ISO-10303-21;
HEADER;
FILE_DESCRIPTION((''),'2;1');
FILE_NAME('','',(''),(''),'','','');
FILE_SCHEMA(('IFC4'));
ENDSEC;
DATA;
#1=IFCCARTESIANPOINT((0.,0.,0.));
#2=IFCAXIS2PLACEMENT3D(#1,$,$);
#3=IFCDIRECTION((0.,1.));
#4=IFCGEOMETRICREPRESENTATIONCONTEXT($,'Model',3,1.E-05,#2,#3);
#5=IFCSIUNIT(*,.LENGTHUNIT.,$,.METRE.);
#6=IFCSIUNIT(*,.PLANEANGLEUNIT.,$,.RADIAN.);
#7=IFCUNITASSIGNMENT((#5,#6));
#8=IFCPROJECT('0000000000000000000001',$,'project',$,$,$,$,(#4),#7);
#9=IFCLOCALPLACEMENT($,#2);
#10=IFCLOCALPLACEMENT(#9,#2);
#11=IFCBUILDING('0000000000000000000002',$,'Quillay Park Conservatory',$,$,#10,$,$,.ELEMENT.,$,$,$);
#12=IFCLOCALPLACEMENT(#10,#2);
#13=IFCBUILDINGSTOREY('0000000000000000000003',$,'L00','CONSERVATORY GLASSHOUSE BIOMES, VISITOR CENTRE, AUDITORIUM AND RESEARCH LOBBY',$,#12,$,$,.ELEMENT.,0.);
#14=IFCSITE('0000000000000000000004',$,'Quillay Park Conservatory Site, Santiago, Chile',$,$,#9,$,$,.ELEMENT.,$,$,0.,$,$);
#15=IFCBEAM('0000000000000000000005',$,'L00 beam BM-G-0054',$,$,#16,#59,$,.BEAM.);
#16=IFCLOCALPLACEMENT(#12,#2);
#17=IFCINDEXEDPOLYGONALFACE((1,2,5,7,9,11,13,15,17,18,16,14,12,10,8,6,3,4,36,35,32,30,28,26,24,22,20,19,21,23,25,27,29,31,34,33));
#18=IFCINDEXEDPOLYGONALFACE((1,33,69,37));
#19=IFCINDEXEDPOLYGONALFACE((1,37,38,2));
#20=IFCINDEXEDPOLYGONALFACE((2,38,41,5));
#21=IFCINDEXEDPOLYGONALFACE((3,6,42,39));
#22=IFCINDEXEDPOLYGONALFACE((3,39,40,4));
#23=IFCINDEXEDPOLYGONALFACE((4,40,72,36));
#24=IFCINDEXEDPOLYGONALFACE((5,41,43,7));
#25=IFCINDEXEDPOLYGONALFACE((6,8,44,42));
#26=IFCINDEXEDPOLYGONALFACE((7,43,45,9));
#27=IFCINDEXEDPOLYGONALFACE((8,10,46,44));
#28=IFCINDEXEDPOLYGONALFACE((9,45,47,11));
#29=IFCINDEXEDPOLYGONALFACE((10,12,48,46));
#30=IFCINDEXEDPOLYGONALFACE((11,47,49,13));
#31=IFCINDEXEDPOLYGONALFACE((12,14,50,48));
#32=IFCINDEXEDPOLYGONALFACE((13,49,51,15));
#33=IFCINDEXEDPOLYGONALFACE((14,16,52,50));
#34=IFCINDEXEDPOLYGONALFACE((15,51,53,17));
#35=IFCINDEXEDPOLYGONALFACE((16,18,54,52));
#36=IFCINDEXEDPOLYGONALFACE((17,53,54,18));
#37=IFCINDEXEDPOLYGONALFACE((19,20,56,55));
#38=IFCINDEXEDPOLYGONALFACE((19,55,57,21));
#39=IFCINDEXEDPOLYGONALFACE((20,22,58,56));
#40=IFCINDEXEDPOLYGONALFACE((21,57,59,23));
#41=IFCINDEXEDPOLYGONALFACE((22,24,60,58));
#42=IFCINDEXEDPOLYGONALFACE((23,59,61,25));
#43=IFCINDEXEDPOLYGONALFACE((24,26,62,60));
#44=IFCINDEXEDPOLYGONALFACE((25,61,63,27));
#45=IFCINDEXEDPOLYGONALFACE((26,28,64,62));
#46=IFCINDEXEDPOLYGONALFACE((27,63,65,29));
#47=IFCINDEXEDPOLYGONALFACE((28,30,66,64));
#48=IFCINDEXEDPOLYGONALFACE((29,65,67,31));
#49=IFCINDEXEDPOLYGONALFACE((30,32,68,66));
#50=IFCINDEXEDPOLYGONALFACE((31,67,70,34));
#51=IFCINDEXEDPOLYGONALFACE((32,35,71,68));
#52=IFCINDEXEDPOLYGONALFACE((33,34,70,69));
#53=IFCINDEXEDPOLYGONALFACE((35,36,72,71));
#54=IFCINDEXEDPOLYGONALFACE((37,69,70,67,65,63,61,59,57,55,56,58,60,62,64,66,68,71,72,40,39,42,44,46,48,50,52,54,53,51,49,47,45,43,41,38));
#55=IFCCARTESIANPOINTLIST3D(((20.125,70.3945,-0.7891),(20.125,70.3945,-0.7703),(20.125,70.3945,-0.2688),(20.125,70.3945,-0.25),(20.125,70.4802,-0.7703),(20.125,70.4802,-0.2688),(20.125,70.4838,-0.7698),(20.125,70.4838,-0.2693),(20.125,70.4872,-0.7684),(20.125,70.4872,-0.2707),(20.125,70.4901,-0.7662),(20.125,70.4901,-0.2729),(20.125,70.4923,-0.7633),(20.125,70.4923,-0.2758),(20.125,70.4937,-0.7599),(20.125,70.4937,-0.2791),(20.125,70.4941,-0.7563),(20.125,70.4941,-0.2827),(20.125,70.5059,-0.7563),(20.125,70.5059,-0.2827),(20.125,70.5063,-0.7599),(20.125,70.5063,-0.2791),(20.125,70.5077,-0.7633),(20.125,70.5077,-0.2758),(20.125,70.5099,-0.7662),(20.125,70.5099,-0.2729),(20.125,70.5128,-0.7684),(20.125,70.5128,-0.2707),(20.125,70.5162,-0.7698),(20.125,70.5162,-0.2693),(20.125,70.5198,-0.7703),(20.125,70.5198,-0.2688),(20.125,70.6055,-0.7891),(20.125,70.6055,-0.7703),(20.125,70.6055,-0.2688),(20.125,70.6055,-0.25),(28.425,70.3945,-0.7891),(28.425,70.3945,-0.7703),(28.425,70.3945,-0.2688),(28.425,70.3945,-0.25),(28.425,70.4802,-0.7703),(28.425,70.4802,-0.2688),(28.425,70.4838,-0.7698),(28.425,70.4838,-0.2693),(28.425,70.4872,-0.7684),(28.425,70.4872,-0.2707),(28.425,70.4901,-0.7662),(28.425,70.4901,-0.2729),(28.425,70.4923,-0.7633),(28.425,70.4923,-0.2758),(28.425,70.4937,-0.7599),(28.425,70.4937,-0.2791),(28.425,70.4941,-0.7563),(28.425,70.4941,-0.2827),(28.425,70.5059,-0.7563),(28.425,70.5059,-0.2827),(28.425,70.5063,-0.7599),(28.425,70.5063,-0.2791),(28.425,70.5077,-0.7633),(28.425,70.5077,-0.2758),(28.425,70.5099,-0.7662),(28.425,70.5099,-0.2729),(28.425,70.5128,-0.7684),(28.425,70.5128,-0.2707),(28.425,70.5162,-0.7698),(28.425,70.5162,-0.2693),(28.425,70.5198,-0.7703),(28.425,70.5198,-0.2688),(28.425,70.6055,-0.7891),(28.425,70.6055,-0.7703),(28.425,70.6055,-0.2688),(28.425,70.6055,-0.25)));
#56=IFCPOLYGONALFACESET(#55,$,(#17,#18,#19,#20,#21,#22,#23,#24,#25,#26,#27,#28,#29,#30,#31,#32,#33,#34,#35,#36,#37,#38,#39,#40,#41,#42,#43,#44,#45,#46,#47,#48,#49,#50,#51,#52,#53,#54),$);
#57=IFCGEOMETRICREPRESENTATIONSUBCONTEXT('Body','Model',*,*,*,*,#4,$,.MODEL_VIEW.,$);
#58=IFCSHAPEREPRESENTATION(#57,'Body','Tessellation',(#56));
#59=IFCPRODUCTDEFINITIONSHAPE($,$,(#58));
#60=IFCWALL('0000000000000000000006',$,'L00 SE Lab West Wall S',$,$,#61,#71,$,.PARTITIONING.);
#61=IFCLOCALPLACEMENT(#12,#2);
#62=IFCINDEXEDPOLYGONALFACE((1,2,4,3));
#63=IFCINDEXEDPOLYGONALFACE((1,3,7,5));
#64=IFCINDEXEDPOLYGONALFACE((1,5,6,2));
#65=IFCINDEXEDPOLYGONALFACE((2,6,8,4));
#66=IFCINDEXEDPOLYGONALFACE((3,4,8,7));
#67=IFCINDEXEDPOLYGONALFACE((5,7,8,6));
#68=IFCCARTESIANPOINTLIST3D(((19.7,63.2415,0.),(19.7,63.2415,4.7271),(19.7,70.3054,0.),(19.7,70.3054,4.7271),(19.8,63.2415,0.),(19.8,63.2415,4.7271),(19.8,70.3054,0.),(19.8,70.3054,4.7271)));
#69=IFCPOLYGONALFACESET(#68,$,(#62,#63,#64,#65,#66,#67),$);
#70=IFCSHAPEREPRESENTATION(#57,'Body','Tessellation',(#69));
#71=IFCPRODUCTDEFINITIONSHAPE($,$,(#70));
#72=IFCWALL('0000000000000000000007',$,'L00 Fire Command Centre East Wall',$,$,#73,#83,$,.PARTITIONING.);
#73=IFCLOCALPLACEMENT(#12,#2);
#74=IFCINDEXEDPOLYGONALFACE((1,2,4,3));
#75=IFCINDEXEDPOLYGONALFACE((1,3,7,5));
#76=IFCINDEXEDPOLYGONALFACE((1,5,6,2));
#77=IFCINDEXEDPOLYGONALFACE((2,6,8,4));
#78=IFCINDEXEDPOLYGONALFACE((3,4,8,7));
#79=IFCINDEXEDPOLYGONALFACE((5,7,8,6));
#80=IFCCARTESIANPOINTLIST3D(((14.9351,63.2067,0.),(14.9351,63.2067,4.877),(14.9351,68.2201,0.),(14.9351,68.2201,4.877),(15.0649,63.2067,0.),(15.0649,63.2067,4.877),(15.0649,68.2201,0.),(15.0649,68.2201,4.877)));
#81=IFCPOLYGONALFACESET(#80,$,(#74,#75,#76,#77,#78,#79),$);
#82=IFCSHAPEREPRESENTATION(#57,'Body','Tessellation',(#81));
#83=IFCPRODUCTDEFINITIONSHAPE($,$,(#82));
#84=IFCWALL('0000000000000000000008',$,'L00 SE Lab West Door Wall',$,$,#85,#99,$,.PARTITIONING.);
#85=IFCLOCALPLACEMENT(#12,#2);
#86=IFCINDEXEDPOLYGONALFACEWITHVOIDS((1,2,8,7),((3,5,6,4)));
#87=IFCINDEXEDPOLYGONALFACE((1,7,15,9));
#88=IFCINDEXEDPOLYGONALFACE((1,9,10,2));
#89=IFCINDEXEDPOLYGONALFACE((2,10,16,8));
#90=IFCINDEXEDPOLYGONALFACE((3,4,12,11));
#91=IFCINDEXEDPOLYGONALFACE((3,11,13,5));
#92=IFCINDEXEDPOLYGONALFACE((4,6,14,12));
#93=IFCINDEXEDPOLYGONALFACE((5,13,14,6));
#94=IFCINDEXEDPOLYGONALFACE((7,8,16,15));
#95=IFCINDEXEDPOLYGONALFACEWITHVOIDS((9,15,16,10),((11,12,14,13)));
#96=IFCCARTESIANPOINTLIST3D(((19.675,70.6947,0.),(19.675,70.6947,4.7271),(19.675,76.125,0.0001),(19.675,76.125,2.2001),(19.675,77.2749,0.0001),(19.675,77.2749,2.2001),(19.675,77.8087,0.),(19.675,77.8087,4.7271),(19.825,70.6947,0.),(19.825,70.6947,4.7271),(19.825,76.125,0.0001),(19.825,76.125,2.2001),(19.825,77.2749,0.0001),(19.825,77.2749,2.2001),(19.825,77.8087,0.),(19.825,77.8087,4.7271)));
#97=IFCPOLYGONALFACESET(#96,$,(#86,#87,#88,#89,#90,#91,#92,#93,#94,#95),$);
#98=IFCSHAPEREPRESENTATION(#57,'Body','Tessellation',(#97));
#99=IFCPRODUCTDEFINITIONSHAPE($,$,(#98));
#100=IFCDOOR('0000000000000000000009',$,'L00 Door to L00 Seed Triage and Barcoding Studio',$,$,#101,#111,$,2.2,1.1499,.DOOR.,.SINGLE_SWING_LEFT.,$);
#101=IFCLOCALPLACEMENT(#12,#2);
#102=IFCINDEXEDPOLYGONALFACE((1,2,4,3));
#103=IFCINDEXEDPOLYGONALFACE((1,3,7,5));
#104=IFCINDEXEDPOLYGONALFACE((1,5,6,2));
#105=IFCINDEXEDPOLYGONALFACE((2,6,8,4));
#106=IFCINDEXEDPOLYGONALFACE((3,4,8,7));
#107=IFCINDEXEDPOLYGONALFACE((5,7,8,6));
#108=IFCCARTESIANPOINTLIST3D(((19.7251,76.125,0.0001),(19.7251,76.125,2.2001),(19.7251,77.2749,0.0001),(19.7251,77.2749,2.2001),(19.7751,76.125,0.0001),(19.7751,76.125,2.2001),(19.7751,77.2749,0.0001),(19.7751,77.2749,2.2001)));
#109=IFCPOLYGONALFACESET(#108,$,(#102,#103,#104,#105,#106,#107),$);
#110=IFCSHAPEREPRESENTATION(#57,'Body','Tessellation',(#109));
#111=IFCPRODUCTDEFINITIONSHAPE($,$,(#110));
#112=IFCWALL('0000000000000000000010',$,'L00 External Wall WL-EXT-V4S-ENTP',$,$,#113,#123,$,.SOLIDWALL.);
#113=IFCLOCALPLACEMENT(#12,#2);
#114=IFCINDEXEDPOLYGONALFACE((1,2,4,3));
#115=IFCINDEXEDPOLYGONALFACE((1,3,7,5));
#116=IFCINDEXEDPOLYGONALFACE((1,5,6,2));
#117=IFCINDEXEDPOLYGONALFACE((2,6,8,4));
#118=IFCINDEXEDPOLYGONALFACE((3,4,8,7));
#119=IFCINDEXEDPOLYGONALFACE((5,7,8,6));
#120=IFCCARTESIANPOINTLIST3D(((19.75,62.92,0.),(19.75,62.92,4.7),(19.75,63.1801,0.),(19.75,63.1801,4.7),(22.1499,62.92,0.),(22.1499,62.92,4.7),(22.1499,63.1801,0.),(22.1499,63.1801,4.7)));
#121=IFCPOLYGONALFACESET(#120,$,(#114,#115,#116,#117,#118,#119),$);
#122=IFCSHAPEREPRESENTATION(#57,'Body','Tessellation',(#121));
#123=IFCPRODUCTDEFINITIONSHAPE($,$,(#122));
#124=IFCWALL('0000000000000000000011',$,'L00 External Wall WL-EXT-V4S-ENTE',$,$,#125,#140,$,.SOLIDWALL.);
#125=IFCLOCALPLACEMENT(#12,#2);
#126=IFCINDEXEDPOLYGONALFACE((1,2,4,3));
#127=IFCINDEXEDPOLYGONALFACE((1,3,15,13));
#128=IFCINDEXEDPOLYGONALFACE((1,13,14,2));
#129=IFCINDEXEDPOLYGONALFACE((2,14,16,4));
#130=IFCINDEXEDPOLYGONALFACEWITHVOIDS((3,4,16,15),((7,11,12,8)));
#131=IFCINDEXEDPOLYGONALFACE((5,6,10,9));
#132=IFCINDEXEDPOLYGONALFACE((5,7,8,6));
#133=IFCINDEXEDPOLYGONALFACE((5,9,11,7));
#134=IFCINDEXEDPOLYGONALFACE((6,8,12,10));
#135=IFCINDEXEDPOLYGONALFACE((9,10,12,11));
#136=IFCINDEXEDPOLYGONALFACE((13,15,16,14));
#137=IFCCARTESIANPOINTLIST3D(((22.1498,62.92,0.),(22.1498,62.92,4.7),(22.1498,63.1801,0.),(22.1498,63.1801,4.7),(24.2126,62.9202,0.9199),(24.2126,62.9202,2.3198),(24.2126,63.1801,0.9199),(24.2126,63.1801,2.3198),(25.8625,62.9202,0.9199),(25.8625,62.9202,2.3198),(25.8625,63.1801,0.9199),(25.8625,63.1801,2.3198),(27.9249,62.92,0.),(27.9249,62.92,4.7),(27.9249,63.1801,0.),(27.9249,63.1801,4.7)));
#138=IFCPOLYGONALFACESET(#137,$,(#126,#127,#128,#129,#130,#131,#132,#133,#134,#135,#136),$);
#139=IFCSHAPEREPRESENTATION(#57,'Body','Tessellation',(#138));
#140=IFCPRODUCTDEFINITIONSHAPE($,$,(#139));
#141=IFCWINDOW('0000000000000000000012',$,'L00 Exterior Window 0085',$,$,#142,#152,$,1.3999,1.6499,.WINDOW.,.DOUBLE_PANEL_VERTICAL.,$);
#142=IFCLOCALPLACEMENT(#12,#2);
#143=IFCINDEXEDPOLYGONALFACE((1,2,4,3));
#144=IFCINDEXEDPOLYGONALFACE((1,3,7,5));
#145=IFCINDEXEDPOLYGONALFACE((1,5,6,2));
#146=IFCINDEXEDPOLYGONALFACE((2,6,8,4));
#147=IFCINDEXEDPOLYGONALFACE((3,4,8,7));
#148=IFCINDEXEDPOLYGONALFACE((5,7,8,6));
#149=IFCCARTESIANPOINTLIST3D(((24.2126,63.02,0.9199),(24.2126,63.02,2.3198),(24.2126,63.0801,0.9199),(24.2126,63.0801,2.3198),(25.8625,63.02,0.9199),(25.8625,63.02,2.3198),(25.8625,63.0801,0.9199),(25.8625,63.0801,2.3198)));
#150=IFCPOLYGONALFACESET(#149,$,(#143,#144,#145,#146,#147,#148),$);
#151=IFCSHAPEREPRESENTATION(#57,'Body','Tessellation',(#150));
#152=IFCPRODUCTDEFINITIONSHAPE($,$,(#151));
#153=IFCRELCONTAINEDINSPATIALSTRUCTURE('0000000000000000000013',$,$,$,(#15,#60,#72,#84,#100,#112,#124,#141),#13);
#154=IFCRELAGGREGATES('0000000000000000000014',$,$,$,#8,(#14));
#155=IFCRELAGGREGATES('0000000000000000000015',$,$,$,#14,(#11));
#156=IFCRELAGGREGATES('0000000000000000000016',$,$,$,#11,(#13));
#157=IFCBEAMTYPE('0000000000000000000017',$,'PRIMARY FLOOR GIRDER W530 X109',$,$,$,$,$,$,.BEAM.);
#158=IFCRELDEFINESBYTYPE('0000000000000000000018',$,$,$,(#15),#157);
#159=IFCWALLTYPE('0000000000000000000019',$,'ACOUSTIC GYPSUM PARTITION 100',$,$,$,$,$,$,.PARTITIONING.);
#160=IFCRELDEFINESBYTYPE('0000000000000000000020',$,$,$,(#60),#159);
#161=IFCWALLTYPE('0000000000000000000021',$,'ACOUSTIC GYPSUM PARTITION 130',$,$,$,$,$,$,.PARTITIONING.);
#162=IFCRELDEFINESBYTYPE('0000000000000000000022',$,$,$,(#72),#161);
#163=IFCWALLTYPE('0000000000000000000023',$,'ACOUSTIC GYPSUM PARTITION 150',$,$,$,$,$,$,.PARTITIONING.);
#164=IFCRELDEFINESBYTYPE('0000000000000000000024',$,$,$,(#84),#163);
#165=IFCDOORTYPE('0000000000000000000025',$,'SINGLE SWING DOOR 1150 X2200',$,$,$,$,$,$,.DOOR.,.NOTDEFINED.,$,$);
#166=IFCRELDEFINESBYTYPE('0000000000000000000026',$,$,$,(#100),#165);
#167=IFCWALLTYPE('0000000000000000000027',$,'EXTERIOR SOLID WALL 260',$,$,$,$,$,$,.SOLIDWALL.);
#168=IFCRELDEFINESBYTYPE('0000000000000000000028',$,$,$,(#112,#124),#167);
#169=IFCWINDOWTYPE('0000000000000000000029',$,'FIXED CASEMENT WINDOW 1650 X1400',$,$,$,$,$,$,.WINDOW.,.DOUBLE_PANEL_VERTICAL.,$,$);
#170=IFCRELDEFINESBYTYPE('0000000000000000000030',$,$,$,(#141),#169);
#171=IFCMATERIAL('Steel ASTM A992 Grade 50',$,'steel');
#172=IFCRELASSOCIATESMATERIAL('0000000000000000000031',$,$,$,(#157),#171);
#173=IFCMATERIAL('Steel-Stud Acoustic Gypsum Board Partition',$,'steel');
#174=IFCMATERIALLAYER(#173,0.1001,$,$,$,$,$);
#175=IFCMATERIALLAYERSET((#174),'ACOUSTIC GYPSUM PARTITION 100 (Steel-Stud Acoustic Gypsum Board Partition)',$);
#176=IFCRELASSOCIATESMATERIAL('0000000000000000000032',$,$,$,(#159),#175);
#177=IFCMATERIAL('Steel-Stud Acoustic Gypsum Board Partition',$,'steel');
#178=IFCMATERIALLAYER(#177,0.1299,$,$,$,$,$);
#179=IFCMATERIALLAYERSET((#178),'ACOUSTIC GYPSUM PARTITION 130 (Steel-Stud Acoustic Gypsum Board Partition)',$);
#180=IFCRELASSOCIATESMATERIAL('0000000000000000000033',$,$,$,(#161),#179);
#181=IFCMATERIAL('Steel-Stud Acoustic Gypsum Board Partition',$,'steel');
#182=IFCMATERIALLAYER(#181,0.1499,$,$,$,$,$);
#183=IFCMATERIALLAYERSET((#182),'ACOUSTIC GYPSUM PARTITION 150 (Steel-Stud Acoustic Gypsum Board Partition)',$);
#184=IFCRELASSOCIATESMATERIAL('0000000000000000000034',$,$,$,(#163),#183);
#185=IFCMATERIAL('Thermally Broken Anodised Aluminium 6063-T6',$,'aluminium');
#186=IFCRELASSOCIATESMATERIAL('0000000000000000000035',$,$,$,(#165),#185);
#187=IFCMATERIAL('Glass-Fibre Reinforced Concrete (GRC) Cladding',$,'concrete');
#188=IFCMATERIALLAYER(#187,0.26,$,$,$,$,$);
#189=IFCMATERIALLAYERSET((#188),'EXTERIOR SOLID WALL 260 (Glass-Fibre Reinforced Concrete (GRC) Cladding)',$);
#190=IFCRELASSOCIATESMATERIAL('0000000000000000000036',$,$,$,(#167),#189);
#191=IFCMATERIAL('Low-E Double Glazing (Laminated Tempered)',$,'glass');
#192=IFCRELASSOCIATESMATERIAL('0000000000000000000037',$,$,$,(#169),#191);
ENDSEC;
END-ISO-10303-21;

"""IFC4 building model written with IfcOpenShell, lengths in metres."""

from ifc_helpers import new_model, si_unit, direction, frame, frame_2d, origin, origin_2d, place, context, subcontext, project, spatial, rectangle, i_section, extrude, material, layer, layer_set, material_profile, profile_set, type_object, element, fill, save


model = new_model("IFC4")

# Units and contexts
model_context = context("Model", 3, precision=1e-05, world=origin(), true_north=direction((0.0, 1.0)))
body_context = subcontext(model_context, "Body", "Model", "MODEL_VIEW")
ifc_project = project(units=[si_unit("LENGTHUNIT", "METRE"), si_unit("PLANEANGLEUNIT", "RADIAN")], contexts=[model_context])

# Site, building, storey
site_placement = place(None, origin())
site = spatial("IfcSite", under=ifc_project, at=site_placement, Name="Quillay Park Conservatory Site, Santiago, Chile", CompositionType="ELEMENT", RefElevation=0.0)
building_placement = place(site_placement, origin())
building = spatial("IfcBuilding", under=site, at=building_placement, Name="Quillay Park Conservatory", CompositionType="ELEMENT")
storey_placement = place(building_placement, origin())
storey = spatial("IfcBuildingStorey", under=building, at=storey_placement, Name="L00", Description="CONSERVATORY GLASSHOUSE BIOMES, VISITOR CENTRE, AUDITORIUM AND RESEARCH LOBBY", CompositionType="ELEMENT", Elevation=0.0)

# Beam
ifc_material_1 = material(Name="Steel ASTM A992 Grade 50", Category="steel")
ifc_material_profile_1 = material_profile(ifc_material_1, i_section(OverallWidth=0.2109, OverallDepth=0.5391, WebThickness=0.0117, FlangeThickness=0.0188, FilletRadius=0.0139, at=origin_2d()), Name="W530x109")
ifc_profile_set_1 = profile_set([ifc_material_profile_1], Name="Steel ASTM A992 Grade 50")
beam_type_1 = type_object("IfcBeamType", Name="PRIMARY FLOOR GIRDER W530 X109", PredefinedType="BEAM", material=ifc_profile_set_1)
beam_1_placement = place(storey_placement, frame((20.125, 70.5, -0.5195), z_axis=(1.0, 0.0, 0.0), x_axis=(0.0, 1.0, 0.0)))
element("IfcBeam", 1, at=beam_1_placement, inside=storey, type_object=beam_type_1, Name="L00 beam BM-G-0054", PredefinedType="BEAM", context=body_context, shape_type="SweptSolid", body=[
    extrude(i_section(OverallWidth=0.2109, OverallDepth=0.5391, WebThickness=0.0117, FlangeThickness=0.0188, FilletRadius=0.0139, at=origin_2d()), origin(), (0.0, 0.0, 1.0), 8.3),
])

# Wall
ifc_material_2 = material(Name="Steel-Stud Acoustic Gypsum Board Partition", Category="steel")
ifc_layer_1 = layer(ifc_material_2, 0.1001)
ifc_layer_set_1 = layer_set([ifc_layer_1], Name="ACOUSTIC GYPSUM PARTITION 100 (Steel-Stud Acoustic Gypsum Board Partition)")
wall_type_1 = type_object("IfcWallType", Name="ACOUSTIC GYPSUM PARTITION 100", PredefinedType="PARTITIONING", material=ifc_layer_set_1)
wall_1_placement = place(storey_placement, frame((19.75, 63.2415, 0.0), z_axis=(0.0, 0.0, 1.0), x_axis=(0.0, 1.0, 0.0)))
element("IfcWall", 2, at=wall_1_placement, inside=storey, type_object=wall_type_1, Name="L00 SE Lab West Wall S", PredefinedType="PARTITIONING", context=body_context, shape_type="SweptSolid", body=[
    extrude(rectangle(XDim=7.064, YDim=0.1001, at=frame_2d((3.532, 0.0))), origin(), (0.0, 0.0, 1.0), 4.7271),
])

# Wall
ifc_material_3 = material(Name="Steel-Stud Acoustic Gypsum Board Partition", Category="steel")
ifc_layer_2 = layer(ifc_material_3, 0.1299)
ifc_layer_set_2 = layer_set([ifc_layer_2], Name="ACOUSTIC GYPSUM PARTITION 130 (Steel-Stud Acoustic Gypsum Board Partition)")
wall_type_2 = type_object("IfcWallType", Name="ACOUSTIC GYPSUM PARTITION 130", PredefinedType="PARTITIONING", material=ifc_layer_set_2)
wall_2_placement = place(storey_placement, frame((15.0, 63.2065, 0.0), z_axis=(0.0, 0.0, 1.0), x_axis=(0.0, 1.0, 0.0)))
element("IfcWall", 3, at=wall_2_placement, inside=storey, type_object=wall_type_2, Name="L00 Fire Command Centre East Wall", PredefinedType="PARTITIONING", context=body_context, shape_type="SweptSolid", body=[
    extrude(rectangle(XDim=5.0134, YDim=0.1299, at=frame_2d((2.5068, 0.0))), origin(), (0.0, 0.0, 1.0), 4.877),
])

# Wall, opening, door
ifc_material_4 = material(Name="Steel-Stud Acoustic Gypsum Board Partition", Category="steel")
ifc_layer_3 = layer(ifc_material_4, 0.1499)
ifc_layer_set_3 = layer_set([ifc_layer_3], Name="ACOUSTIC GYPSUM PARTITION 150 (Steel-Stud Acoustic Gypsum Board Partition)")
wall_type_3 = type_object("IfcWallType", Name="ACOUSTIC GYPSUM PARTITION 150", PredefinedType="PARTITIONING", material=ifc_layer_set_3)
wall_3_placement = place(storey_placement, frame((19.75, 70.6946, 0.0), z_axis=(0.0, 0.0, 1.0), x_axis=(0.0, 1.0, 0.0)))
wall_3 = element("IfcWall", 4, at=wall_3_placement, inside=storey, type_object=wall_type_3, Name="L00 SE Lab West Door Wall", PredefinedType="PARTITIONING", context=body_context, shape_type="SweptSolid", body=[
    extrude(rectangle(XDim=7.114, YDim=0.1499, at=frame_2d((3.5571, 0.0))), origin(), (0.0, 0.0, 1.0), 4.7271),
])
opening_1_placement = place(wall_3_placement, frame((5.4304, 0.0, 0.0)))
opening_1 = element("IfcOpeningElement", 5, at=opening_1_placement, cuts=wall_3, PredefinedType="OPENING", context=body_context, shape_type="SweptSolid", body=[
    extrude(rectangle(XDim=1.1499, YDim=2.2, at=frame_2d((0.575, 1.1001))), frame((0.0, 0.075, 0.0), z_axis=(0.0, -1.0, 0.0), x_axis=(1.0, 0.0, 0.0)), (0.0, 0.0, 1.0), 0.1499),
])
ifc_material_5 = material(Name="Thermally Broken Anodised Aluminium 6063-T6", Category="aluminium")
door_type_1 = type_object("IfcDoorType", Name="SINGLE SWING DOOR 1150 X2200", OperationType="NOTDEFINED", PredefinedType="DOOR", material=ifc_material_5)
door_1_placement = place(opening_1_placement, origin())
door_1 = element("IfcDoor", 6, at=door_1_placement, inside=storey, type_object=door_type_1, Name="L00 Door to L00 Seed Triage and Barcoding Studio", OperationType="SINGLE_SWING_LEFT", OverallHeight=2.2, OverallWidth=1.1499, PredefinedType="DOOR", context=body_context, shape_type="SweptSolid", body=[
    extrude(rectangle(XDim=1.1499, YDim=2.2, at=frame_2d((0.575, 1.1001))), frame((0.0, 0.0249, 0.0), z_axis=(0.0, -1.0, 0.0), x_axis=(1.0, 0.0, 0.0)), (0.0, 0.0, 1.0), 0.05),
])
fill(opening_1, door_1)
ifc_material_6 = material(Name="Glass-Fibre Reinforced Concrete (GRC) Cladding", Category="concrete")
ifc_layer_4 = layer(ifc_material_6, 0.26)
ifc_layer_set_4 = layer_set([ifc_layer_4], Name="EXTERIOR SOLID WALL 260 (Glass-Fibre Reinforced Concrete (GRC) Cladding)")
wall_type_4 = type_object("IfcWallType", Name="EXTERIOR SOLID WALL 260", PredefinedType="SOLIDWALL", material=ifc_layer_set_4)

# Wall
wall_4_placement = place(storey_placement, frame((22.1499, 63.05, 0.0), z_axis=(0.0, 0.0, 1.0), x_axis=(-1.0, 0.0, 0.0)))
element("IfcWall", 7, at=wall_4_placement, inside=storey, type_object=wall_type_4, Name="L00 External Wall WL-EXT-V4S-ENTP", PredefinedType="SOLIDWALL", context=body_context, shape_type="SweptSolid", body=[
    extrude(rectangle(XDim=2.3999, YDim=0.26, at=frame_2d((1.2, 0.0))), origin(), (0.0, 0.0, 1.0), 4.7),
])

# Wall, opening, window
wall_5_placement = place(storey_placement, frame((27.925, 63.05, 0.0), z_axis=(0.0, 0.0, 1.0), x_axis=(-1.0, 0.0, 0.0)))
wall_5 = element("IfcWall", 8, at=wall_5_placement, inside=storey, type_object=wall_type_4, Name="L00 External Wall WL-EXT-V4S-ENTE", PredefinedType="SOLIDWALL", context=body_context, shape_type="SweptSolid", body=[
    extrude(rectangle(XDim=5.7751, YDim=0.26, at=frame_2d((2.8877, 0.0))), origin(), (0.0, 0.0, 1.0), 4.7),
])
opening_2_placement = place(wall_5_placement, frame((2.0625, 0.0, 0.9199)))
opening_2 = element("IfcOpeningElement", 9, at=opening_2_placement, cuts=wall_5, PredefinedType="OPENING", context=body_context, shape_type="SweptSolid", body=[
    extrude(rectangle(XDim=1.6499, YDim=1.3999, at=frame_2d((0.825, 0.7))), frame((0.0, 0.1299, 0.0), z_axis=(0.0, -1.0, 0.0), x_axis=(1.0, 0.0, 0.0)), (0.0, 0.0, 1.0), 0.26),
])
ifc_material_7 = material(Name="Low-E Double Glazing (Laminated Tempered)", Category="glass")
window_type_1 = type_object("IfcWindowType", Name="FIXED CASEMENT WINDOW 1650 X1400", PartitioningType="DOUBLE_PANEL_VERTICAL", PredefinedType="WINDOW", material=ifc_material_7)
window_1_placement = place(opening_2_placement, origin())
window_1 = element("IfcWindow", 10, at=window_1_placement, inside=storey, type_object=window_type_1, Name="L00 Exterior Window 0085", OverallHeight=1.3999, OverallWidth=1.6499, PartitioningType="DOUBLE_PANEL_VERTICAL", PredefinedType="WINDOW", context=body_context, shape_type="SweptSolid", body=[
    extrude(rectangle(XDim=1.6499, YDim=1.3999, at=frame_2d((0.825, 0.7))), frame((0.0, 0.03, 0.0), z_axis=(0.0, -1.0, 0.0), x_axis=(1.0, 0.0, 0.0)), (0.0, 0.0, 1.0), 0.0601),
])
fill(opening_2, window_1)

save(model, "model.ifc")
